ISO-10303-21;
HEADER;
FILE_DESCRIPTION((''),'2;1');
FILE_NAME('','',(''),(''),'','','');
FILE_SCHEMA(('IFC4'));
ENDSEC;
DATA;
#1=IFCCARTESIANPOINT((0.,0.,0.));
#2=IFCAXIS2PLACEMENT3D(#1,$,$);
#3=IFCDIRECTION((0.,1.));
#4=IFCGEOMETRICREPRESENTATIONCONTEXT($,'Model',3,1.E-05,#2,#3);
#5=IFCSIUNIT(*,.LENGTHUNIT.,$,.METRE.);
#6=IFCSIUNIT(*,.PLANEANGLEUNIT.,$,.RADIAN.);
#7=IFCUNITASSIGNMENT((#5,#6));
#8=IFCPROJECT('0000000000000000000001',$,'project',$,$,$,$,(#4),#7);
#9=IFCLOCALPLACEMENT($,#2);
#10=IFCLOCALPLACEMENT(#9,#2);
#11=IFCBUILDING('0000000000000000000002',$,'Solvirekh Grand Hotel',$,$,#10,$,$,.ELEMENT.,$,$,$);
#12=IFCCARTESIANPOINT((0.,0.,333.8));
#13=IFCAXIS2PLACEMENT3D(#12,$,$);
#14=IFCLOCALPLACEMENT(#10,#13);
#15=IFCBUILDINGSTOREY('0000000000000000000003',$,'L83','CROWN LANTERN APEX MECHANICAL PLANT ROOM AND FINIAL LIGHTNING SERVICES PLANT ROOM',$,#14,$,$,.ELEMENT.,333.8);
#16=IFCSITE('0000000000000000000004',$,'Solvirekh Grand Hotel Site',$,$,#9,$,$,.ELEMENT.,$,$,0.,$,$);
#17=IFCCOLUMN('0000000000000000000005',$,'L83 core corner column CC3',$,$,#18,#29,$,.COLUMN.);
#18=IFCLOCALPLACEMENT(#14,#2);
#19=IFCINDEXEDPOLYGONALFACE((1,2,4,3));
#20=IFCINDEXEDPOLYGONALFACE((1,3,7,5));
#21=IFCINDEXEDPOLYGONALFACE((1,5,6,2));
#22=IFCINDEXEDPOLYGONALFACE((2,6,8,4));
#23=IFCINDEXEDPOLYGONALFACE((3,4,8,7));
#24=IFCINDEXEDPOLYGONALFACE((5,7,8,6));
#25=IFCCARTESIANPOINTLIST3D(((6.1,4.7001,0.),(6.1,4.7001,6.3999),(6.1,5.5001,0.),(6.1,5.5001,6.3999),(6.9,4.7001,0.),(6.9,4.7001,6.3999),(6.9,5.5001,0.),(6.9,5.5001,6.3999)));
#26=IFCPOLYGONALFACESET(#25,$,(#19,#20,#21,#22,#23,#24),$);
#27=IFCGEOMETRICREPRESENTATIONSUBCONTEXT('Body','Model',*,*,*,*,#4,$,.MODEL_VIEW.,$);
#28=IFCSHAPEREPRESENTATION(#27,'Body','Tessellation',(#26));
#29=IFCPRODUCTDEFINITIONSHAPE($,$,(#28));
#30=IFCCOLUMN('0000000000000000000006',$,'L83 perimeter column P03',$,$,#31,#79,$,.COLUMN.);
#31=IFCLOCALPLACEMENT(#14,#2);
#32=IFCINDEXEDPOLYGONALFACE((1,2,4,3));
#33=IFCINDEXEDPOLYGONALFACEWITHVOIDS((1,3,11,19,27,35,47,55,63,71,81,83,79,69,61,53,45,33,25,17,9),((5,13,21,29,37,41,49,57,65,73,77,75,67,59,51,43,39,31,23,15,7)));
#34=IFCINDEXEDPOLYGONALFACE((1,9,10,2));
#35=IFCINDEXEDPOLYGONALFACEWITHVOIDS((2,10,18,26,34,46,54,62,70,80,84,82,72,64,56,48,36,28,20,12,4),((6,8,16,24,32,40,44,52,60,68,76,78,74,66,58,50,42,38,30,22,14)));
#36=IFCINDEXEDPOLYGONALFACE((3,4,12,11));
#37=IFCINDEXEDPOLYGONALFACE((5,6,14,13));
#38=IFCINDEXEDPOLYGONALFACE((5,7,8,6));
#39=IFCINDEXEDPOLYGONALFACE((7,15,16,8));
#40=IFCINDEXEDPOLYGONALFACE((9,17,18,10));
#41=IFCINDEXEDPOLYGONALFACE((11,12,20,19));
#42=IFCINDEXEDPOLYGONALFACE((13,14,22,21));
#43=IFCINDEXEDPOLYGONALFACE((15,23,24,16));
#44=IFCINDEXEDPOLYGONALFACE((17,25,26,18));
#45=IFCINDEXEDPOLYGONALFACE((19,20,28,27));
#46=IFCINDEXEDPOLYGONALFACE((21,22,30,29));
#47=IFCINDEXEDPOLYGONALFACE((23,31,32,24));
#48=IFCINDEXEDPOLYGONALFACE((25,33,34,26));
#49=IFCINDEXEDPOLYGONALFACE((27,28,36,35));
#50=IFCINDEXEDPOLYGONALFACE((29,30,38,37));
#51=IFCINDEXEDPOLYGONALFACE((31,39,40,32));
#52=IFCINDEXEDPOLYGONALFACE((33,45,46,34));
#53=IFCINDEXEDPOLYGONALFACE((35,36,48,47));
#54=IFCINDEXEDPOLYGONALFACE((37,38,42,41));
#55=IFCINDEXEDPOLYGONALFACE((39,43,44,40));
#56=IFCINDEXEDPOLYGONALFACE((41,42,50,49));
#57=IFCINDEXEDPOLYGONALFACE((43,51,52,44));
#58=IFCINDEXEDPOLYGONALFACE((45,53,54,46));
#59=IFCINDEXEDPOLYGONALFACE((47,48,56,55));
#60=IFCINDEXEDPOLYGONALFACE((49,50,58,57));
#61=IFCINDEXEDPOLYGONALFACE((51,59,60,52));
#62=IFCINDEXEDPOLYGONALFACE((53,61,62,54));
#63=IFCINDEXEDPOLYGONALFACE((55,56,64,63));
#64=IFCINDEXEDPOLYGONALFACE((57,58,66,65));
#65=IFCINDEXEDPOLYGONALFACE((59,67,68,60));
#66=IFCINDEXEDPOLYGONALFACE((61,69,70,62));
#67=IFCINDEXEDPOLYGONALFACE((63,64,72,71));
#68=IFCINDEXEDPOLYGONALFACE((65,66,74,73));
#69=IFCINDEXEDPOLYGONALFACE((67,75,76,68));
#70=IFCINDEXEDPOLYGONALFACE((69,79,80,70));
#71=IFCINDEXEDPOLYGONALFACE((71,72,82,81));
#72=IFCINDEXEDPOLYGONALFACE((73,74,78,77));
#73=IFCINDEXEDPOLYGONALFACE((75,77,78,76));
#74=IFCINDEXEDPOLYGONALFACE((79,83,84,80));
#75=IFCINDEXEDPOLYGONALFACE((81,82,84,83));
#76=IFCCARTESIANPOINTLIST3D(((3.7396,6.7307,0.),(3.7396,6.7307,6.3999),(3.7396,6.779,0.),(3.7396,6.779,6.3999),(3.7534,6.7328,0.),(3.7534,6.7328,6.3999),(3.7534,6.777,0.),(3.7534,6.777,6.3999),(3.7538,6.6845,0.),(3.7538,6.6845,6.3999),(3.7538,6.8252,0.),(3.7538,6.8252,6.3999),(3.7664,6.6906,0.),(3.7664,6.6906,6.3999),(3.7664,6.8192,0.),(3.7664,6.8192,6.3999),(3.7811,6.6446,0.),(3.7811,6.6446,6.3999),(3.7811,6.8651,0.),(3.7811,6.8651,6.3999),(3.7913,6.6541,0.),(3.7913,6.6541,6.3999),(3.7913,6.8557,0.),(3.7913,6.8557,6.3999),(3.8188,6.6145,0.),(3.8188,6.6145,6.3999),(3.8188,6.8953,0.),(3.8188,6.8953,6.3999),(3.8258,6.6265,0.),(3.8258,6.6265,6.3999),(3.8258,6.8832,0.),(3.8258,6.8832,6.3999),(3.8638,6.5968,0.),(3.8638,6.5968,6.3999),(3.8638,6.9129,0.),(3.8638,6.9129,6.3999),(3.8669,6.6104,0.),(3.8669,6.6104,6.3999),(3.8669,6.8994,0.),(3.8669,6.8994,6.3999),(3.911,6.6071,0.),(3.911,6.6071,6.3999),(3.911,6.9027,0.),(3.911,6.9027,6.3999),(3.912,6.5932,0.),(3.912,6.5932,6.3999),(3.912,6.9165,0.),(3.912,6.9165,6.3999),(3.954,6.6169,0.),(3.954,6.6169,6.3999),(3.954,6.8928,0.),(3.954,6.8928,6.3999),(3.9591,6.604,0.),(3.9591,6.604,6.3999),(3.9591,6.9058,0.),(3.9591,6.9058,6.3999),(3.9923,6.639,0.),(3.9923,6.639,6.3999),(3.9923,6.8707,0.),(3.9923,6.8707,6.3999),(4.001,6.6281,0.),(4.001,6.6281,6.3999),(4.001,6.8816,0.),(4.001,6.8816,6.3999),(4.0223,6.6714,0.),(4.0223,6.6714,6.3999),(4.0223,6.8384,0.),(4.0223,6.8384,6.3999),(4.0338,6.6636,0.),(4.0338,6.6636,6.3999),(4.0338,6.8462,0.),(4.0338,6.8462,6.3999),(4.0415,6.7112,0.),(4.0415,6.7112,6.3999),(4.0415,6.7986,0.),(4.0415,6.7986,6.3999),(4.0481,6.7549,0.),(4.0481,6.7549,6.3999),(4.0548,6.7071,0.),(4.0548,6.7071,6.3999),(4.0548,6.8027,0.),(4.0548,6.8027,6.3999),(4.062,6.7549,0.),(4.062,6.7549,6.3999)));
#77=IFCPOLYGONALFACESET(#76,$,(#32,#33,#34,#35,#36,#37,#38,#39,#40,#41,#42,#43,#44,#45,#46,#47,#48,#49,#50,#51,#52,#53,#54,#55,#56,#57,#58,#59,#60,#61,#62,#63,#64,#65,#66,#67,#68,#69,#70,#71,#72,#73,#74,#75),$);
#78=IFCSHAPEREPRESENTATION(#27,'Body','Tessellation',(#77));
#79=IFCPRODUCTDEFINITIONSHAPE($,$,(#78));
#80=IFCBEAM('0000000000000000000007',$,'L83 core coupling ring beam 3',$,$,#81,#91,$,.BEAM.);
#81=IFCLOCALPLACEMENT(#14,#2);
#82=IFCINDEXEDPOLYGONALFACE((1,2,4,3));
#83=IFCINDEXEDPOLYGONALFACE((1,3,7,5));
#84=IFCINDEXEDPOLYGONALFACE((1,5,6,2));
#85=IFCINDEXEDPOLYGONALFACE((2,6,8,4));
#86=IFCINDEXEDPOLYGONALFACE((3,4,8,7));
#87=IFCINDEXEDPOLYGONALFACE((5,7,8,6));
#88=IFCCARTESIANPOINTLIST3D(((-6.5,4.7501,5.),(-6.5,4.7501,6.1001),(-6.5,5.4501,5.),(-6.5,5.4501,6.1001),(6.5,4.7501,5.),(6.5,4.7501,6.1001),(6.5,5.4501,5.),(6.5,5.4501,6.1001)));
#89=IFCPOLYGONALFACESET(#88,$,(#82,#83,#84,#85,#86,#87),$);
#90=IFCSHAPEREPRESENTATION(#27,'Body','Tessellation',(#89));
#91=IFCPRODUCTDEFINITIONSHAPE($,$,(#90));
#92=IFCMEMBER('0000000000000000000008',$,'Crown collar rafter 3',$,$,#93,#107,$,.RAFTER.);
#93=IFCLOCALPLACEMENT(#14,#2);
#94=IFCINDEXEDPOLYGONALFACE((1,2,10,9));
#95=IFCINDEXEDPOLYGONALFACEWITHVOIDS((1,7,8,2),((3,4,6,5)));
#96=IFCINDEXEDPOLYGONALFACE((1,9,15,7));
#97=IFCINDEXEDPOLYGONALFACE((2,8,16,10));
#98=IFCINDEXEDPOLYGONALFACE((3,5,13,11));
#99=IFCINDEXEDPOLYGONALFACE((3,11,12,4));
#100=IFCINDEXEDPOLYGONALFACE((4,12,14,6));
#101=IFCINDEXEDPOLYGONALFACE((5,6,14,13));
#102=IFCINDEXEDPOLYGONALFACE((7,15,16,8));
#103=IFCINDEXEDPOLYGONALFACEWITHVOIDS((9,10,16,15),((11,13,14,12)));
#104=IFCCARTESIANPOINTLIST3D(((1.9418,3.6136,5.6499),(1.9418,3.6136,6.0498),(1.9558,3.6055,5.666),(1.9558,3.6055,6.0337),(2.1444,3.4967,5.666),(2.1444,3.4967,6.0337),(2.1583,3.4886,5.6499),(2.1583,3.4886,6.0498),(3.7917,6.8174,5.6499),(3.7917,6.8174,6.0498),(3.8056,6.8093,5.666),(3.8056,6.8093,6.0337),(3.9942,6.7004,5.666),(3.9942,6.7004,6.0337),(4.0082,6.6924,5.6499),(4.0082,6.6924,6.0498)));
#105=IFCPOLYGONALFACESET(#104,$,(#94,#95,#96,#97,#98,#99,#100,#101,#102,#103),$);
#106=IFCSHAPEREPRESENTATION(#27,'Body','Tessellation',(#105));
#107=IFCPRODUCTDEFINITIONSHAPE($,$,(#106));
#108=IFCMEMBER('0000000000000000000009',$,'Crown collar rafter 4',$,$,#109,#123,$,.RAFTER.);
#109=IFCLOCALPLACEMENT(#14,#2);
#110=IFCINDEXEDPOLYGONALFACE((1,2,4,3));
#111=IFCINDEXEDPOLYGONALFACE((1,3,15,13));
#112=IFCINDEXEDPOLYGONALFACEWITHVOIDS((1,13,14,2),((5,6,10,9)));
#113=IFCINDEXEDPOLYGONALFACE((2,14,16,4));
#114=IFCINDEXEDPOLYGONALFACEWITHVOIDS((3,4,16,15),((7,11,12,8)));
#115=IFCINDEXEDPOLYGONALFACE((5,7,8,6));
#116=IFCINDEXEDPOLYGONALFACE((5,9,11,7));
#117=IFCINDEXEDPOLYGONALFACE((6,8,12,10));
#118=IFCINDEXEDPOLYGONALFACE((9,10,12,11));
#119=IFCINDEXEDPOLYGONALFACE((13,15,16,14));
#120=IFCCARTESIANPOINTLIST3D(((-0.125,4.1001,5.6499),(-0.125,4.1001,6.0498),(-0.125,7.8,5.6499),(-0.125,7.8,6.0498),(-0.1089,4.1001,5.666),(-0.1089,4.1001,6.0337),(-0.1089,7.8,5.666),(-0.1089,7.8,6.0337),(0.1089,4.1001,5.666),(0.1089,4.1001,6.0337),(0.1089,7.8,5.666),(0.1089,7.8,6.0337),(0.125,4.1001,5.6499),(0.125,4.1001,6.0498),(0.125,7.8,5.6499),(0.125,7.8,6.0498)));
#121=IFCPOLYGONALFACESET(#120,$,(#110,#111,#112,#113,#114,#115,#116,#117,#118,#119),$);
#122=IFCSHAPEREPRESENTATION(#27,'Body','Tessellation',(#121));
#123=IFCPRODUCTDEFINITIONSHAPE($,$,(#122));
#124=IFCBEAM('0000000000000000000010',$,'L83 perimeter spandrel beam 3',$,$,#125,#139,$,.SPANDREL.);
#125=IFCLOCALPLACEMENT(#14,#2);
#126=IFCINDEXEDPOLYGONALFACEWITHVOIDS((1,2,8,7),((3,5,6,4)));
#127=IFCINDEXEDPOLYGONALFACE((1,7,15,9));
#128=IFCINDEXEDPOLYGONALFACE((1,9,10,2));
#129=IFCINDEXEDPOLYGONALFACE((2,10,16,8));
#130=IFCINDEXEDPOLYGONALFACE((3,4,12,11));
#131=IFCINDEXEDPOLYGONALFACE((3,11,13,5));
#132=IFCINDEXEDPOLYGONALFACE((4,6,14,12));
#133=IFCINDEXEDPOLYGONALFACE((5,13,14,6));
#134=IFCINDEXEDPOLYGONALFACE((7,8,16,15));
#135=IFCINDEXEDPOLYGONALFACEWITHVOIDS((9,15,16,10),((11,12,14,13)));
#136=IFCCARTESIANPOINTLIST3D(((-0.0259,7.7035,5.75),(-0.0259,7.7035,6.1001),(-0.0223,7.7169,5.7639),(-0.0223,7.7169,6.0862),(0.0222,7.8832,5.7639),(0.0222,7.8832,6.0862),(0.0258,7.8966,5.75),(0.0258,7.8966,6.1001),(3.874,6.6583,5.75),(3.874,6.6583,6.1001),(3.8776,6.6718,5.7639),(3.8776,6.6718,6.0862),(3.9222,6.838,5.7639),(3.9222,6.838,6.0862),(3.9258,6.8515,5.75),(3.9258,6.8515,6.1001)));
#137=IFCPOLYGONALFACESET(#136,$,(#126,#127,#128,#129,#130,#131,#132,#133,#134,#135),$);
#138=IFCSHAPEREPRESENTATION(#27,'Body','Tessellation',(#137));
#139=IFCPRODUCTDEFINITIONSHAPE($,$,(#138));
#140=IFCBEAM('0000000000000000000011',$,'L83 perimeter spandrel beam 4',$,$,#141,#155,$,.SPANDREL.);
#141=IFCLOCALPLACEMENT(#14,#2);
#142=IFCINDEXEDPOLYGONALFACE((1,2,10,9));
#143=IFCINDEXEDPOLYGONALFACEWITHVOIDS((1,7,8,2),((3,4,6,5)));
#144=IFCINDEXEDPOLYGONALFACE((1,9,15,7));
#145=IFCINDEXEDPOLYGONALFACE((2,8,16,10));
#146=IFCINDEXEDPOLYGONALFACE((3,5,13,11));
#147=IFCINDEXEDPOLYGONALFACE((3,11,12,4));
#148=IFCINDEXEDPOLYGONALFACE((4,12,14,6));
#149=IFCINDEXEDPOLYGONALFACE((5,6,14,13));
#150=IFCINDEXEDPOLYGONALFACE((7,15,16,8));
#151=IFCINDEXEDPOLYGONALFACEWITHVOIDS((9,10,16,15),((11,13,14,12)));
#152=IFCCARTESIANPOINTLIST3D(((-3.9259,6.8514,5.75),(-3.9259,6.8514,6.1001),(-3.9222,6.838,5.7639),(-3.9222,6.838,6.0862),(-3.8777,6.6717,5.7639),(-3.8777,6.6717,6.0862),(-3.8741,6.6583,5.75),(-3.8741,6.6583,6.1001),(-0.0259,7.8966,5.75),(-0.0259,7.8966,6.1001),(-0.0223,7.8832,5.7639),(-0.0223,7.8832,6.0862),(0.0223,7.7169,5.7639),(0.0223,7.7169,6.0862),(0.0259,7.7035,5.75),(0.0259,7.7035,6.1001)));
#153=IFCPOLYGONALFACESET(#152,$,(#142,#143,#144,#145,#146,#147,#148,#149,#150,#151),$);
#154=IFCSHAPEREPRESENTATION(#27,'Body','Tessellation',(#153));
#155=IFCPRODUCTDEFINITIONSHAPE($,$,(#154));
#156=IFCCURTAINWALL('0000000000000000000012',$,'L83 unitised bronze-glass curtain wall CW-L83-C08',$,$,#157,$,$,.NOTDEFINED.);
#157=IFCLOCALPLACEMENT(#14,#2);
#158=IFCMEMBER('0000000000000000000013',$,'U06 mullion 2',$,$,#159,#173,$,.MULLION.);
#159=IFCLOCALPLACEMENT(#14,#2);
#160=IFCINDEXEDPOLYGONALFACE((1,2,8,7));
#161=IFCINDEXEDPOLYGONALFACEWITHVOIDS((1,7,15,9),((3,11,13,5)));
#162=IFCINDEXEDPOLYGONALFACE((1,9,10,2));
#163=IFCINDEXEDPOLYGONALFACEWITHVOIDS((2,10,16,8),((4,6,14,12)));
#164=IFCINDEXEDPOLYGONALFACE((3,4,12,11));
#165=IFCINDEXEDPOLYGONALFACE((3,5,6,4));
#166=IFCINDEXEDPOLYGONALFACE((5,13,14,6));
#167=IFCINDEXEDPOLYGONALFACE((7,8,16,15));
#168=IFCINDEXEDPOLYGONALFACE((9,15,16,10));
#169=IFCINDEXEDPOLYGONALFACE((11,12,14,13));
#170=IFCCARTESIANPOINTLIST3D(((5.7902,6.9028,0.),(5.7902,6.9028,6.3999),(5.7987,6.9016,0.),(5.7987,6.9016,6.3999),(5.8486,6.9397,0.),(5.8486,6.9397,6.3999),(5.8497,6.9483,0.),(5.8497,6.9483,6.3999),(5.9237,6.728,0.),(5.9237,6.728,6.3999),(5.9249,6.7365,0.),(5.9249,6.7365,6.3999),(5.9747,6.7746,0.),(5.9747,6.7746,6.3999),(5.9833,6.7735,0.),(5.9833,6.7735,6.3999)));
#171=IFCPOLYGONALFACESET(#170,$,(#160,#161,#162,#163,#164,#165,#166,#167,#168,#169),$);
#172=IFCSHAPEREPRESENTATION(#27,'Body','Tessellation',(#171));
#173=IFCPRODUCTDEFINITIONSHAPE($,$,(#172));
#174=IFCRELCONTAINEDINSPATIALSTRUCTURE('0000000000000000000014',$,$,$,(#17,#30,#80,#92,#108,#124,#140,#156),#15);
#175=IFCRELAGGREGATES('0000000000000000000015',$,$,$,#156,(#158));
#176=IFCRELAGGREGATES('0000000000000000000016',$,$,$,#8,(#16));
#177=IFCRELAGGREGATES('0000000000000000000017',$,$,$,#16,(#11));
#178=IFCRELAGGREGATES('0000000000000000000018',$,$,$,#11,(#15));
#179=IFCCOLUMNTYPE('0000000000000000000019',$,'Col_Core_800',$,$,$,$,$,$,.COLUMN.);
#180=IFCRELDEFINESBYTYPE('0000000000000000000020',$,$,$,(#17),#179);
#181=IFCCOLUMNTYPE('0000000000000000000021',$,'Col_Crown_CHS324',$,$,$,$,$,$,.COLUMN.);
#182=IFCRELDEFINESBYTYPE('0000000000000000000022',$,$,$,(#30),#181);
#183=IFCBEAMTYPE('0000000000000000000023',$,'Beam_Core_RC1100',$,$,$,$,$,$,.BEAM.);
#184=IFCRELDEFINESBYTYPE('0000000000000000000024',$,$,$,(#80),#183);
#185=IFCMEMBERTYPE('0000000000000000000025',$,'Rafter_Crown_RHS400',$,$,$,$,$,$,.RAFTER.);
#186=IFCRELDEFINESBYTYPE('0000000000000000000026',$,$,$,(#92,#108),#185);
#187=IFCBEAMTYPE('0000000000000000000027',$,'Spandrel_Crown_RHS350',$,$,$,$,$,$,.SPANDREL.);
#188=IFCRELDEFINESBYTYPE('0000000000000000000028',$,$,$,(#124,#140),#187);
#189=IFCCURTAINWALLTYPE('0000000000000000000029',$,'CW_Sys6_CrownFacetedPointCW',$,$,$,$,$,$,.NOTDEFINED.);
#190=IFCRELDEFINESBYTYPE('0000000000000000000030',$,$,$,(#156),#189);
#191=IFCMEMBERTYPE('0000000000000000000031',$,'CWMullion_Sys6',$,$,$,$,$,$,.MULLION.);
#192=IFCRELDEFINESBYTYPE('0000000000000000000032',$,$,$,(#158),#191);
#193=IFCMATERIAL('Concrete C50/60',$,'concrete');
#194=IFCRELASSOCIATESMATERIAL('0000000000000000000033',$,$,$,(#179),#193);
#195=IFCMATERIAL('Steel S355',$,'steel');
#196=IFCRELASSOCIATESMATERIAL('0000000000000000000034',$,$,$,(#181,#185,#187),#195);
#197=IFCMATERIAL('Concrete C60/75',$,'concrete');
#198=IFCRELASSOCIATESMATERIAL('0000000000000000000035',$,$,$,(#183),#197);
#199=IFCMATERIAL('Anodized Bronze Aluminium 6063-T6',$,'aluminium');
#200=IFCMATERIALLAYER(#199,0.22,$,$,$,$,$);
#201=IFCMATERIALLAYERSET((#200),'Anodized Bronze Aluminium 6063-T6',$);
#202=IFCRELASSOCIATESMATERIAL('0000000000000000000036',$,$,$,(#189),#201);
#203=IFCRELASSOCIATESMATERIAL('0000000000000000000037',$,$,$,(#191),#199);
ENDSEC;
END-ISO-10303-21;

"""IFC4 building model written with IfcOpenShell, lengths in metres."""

from ifc_helpers import new_model, si_unit, direction, frame, origin, origin_2d, place, context, subcontext, project, spatial, rectangle, hollow_rectangle, hollow_circle, extrude, source, transform, mapped, material, layer, layer_set, material_profile, profile_set, type_object, element, aggregate, save


model = new_model("IFC4")

# Units and contexts
model_context = context("Model", 3, precision=1e-05, world=origin(), true_north=direction((0.0, 1.0)))
body_context = subcontext(model_context, "Body", "Model", "MODEL_VIEW")
ifc_project = project(units=[si_unit("LENGTHUNIT", "METRE"), si_unit("PLANEANGLEUNIT", "RADIAN")], contexts=[model_context])

# Site, building, storey
site_placement = place(None, origin())
site = spatial("IfcSite", under=ifc_project, at=site_placement, Name="Solvirekh Grand Hotel Site", CompositionType="ELEMENT", RefElevation=0.0)
building_placement = place(site_placement, origin())
building = spatial("IfcBuilding", under=site, at=building_placement, Name="Solvirekh Grand Hotel", CompositionType="ELEMENT")
storey_placement = place(building_placement, frame((0.0, 0.0, 333.8)))
storey = spatial("IfcBuildingStorey", under=building, at=storey_placement, Name="L83", Description="CROWN LANTERN APEX MECHANICAL PLANT ROOM AND FINIAL LIGHTNING SERVICES PLANT ROOM", CompositionType="ELEMENT", Elevation=333.8)

# Columns
ifc_material_1 = material(Name="Concrete C50/60", Category="concrete")
ifc_material_profile_1 = material_profile(ifc_material_1, rectangle(XDim=0.8, YDim=0.8, at=origin_2d()), Name="RC 800X800")
ifc_profile_set_1 = profile_set([ifc_material_profile_1], Name="Concrete C50/60")
column_type_1 = type_object("IfcColumnType", Name="Col_Core_800", PredefinedType="COLUMN", material=ifc_profile_set_1)
column_1_placement = place(storey_placement, frame((6.5, 5.1001, 0.0), z_axis=(0.0, 0.0, 1.0), x_axis=(1.0, 0.0, 0.0)))
element("IfcColumn", 1, at=column_1_placement, inside=storey, type_object=column_type_1, Name="L83 core corner column CC3", PredefinedType="COLUMN", context=body_context, shape_type="SweptSolid", body=[
    extrude(rectangle(XDim=0.8, YDim=0.8, at=origin_2d()), origin(), (0.0, 0.0, 1.0), 6.3999),
])
ifc_material_2 = material(Name="Steel S355", Category="steel")
ifc_material_profile_2 = material_profile(ifc_material_2, hollow_circle(Radius=0.1621, WallThickness=0.0139, at=origin_2d()), Name="CHS 324X14")
ifc_profile_set_2 = profile_set([ifc_material_profile_2], Name="Steel S355")
column_type_2 = type_object("IfcColumnType", Name="Col_Crown_CHS324", PredefinedType="COLUMN", material=ifc_profile_set_2)
column_2_placement = place(storey_placement, frame((3.8999, 6.7549, 0.0), z_axis=(0.0, 0.0, 1.0), x_axis=(1.0, 0.0, 0.0)))
element("IfcColumn", 2, at=column_2_placement, inside=storey, type_object=column_type_2, Name="L83 perimeter column P03", PredefinedType="COLUMN", context=body_context, shape_type="SweptSolid", body=[
    extrude(hollow_circle(Radius=0.1621, WallThickness=0.0139, at=origin_2d()), origin(), (0.0, 0.0, 1.0), 6.3999),
])

# Beam
ifc_material_3 = material(Name="Concrete C60/75", Category="concrete")
ifc_material_profile_3 = material_profile(ifc_material_3, rectangle(XDim=0.7, YDim=1.1001, at=origin_2d()), Name="RC BEAM 700X1100")
ifc_profile_set_3 = profile_set([ifc_material_profile_3], Name="Concrete C60/75")
beam_type_1 = type_object("IfcBeamType", Name="Beam_Core_RC1100", PredefinedType="BEAM", material=ifc_profile_set_3)
beam_placement = place(storey_placement, frame((6.5, 5.1001, 5.55), z_axis=(-1.0, 0.0, 0.0), x_axis=(0.0, -1.0, 0.0)))
element("IfcBeam", 3, at=beam_placement, inside=storey, type_object=beam_type_1, Name="L83 core coupling ring beam 3", PredefinedType="BEAM", context=body_context, shape_type="SweptSolid", body=[
    extrude(rectangle(XDim=0.7, YDim=1.1001, at=origin_2d()), origin(), (0.0, 0.0, 1.0), 13.0),
])

# Members
ifc_material_profile_4 = material_profile(ifc_material_2, hollow_rectangle(XDim=0.25, YDim=0.3999, WallThickness=0.0161, at=origin_2d()), Name="RHS 400X250X16")
ifc_profile_set_4 = profile_set([ifc_material_profile_4], Name="Steel S355")
member_type_1 = type_object("IfcMemberType", Name="Rafter_Crown_RHS400", PredefinedType="RAFTER", material=ifc_profile_set_4)
member_1_placement = place(storey_placement, frame((3.8999, 6.7549, 5.8499), z_axis=(-0.500021, -0.866013, 0.0), x_axis=(0.866013, -0.500021, 0.0)))
element("IfcMember", 4, at=member_1_placement, inside=storey, type_object=member_type_1, Name="Crown collar rafter 3", PredefinedType="RAFTER", context=body_context, shape_type="SweptSolid", body=[
    extrude(hollow_rectangle(XDim=0.25, YDim=0.3999, WallThickness=0.0161, at=origin_2d()), origin(), (0.0, 0.0, 1.0), 3.6995),
])
member_2_placement = place(storey_placement, frame((0.0, 7.8, 5.8499), z_axis=(0.0, -1.0, 0.0), x_axis=(1.0, 0.0, 0.0)))
element("IfcMember", 5, at=member_2_placement, inside=storey, type_object=member_type_1, Name="Crown collar rafter 4", PredefinedType="RAFTER", context=body_context, shape_type="SweptSolid", body=[
    extrude(hollow_rectangle(XDim=0.25, YDim=0.3999, WallThickness=0.0161, at=origin_2d()), origin(), (0.0, 0.0, 1.0), 3.7),
])

# Beams
ifc_material_profile_5 = material_profile(ifc_material_2, hollow_rectangle(XDim=0.2, YDim=0.3501, WallThickness=0.0139, at=origin_2d()), Name="RHS 350X200X14")
ifc_profile_set_5 = profile_set([ifc_material_profile_5], Name="Steel S355")
beam_type_2 = type_object("IfcBeamType", Name="Spandrel_Crown_RHS350", PredefinedType="SPANDREL", material=ifc_profile_set_5)
for number, where, z_axis, x_axis, name in (
    (6, (3.8999, 6.7549, 5.925), (-0.965914, 0.258863, 0.0), (-0.258863, -0.965914, 0.0), "L83 perimeter spandrel beam 3"),
    (7, (0.0, 7.8, 5.925), (-0.965914, -0.258863, 0.0), (0.258863, -0.965914, 0.0), "L83 perimeter spandrel beam 4"),
):
    element("IfcBeam", number, at=place(storey_placement, frame(where, z_axis=z_axis, x_axis=x_axis)), inside=storey, type_object=beam_type_2, Name=name, PredefinedType="SPANDREL", context=body_context, shape_type="SweptSolid", body=[
        extrude(hollow_rectangle(XDim=0.2, YDim=0.3501, WallThickness=0.0139, at=origin_2d()), origin(), (0.0, 0.0, 1.0), 4.0376),
    ])

# Curtain wall, member
ifc_material_4 = material(Name="Anodized Bronze Aluminium 6063-T6", Category="aluminium")
ifc_layer_1 = layer(ifc_material_4, 0.22)
ifc_layer_set_1 = layer_set([ifc_layer_1], Name="Anodized Bronze Aluminium 6063-T6")
curtain_wall_type = type_object("IfcCurtainWallType", Name="CW_Sys6_CrownFacetedPointCW", PredefinedType="NOTDEFINED", material=ifc_layer_set_1)
curtain_wall_1_placement = place(storey_placement, origin())
curtain_wall_1 = element("IfcCurtainWall", 8, at=curtain_wall_1_placement, inside=storey, type_object=curtain_wall_type, Name="L83 unitised bronze-glass curtain wall CW-L83-C08", PredefinedType="NOTDEFINED")
ifc_material_profile_6 = material_profile(ifc_material_4, hollow_rectangle(XDim=0.075, YDim=0.22, WallThickness=0.0061, at=origin_2d()), Name="ALU RHS 220X75X6")
ifc_profile_set_6 = profile_set([ifc_material_profile_6], Name="Anodized Bronze Aluminium 6063-T6")
member_type_2 = type_object("IfcMemberType", Name="CWMullion_Sys6", PredefinedType="MULLION", material=ifc_profile_set_6)
shared_shape_1 = source(origin(), body_context, "Body", "SweptSolid", [
    extrude(hollow_rectangle(XDim=0.075, YDim=0.22, WallThickness=0.0061, at=origin_2d()), origin(), (0.0, 0.0, 1.0), 6.3999),
])
member_3_placement = place(storey_placement, frame((5.8867, 6.8381, 0.0), z_axis=(0.0, 0.0, 1.0), x_axis=(-0.794571, -0.607172, 0.0)))
member_3 = element("IfcMember", 9, at=member_3_placement, type_object=member_type_2, Name="U06 mullion 2", PredefinedType="MULLION", context=body_context, shape_type="MappedRepresentation", body=[
    mapped(shared_shape_1, transform((0.0, 0.0, 0.0), x_axis=(1.0, 0.0, 0.0), y_axis=(0.0, 1.0, 0.0), z_axis=(0.0, 0.0, 1.0), scale=1.0)),
])

aggregate(curtain_wall_1, [member_3])

save(model, "model.ifc")
